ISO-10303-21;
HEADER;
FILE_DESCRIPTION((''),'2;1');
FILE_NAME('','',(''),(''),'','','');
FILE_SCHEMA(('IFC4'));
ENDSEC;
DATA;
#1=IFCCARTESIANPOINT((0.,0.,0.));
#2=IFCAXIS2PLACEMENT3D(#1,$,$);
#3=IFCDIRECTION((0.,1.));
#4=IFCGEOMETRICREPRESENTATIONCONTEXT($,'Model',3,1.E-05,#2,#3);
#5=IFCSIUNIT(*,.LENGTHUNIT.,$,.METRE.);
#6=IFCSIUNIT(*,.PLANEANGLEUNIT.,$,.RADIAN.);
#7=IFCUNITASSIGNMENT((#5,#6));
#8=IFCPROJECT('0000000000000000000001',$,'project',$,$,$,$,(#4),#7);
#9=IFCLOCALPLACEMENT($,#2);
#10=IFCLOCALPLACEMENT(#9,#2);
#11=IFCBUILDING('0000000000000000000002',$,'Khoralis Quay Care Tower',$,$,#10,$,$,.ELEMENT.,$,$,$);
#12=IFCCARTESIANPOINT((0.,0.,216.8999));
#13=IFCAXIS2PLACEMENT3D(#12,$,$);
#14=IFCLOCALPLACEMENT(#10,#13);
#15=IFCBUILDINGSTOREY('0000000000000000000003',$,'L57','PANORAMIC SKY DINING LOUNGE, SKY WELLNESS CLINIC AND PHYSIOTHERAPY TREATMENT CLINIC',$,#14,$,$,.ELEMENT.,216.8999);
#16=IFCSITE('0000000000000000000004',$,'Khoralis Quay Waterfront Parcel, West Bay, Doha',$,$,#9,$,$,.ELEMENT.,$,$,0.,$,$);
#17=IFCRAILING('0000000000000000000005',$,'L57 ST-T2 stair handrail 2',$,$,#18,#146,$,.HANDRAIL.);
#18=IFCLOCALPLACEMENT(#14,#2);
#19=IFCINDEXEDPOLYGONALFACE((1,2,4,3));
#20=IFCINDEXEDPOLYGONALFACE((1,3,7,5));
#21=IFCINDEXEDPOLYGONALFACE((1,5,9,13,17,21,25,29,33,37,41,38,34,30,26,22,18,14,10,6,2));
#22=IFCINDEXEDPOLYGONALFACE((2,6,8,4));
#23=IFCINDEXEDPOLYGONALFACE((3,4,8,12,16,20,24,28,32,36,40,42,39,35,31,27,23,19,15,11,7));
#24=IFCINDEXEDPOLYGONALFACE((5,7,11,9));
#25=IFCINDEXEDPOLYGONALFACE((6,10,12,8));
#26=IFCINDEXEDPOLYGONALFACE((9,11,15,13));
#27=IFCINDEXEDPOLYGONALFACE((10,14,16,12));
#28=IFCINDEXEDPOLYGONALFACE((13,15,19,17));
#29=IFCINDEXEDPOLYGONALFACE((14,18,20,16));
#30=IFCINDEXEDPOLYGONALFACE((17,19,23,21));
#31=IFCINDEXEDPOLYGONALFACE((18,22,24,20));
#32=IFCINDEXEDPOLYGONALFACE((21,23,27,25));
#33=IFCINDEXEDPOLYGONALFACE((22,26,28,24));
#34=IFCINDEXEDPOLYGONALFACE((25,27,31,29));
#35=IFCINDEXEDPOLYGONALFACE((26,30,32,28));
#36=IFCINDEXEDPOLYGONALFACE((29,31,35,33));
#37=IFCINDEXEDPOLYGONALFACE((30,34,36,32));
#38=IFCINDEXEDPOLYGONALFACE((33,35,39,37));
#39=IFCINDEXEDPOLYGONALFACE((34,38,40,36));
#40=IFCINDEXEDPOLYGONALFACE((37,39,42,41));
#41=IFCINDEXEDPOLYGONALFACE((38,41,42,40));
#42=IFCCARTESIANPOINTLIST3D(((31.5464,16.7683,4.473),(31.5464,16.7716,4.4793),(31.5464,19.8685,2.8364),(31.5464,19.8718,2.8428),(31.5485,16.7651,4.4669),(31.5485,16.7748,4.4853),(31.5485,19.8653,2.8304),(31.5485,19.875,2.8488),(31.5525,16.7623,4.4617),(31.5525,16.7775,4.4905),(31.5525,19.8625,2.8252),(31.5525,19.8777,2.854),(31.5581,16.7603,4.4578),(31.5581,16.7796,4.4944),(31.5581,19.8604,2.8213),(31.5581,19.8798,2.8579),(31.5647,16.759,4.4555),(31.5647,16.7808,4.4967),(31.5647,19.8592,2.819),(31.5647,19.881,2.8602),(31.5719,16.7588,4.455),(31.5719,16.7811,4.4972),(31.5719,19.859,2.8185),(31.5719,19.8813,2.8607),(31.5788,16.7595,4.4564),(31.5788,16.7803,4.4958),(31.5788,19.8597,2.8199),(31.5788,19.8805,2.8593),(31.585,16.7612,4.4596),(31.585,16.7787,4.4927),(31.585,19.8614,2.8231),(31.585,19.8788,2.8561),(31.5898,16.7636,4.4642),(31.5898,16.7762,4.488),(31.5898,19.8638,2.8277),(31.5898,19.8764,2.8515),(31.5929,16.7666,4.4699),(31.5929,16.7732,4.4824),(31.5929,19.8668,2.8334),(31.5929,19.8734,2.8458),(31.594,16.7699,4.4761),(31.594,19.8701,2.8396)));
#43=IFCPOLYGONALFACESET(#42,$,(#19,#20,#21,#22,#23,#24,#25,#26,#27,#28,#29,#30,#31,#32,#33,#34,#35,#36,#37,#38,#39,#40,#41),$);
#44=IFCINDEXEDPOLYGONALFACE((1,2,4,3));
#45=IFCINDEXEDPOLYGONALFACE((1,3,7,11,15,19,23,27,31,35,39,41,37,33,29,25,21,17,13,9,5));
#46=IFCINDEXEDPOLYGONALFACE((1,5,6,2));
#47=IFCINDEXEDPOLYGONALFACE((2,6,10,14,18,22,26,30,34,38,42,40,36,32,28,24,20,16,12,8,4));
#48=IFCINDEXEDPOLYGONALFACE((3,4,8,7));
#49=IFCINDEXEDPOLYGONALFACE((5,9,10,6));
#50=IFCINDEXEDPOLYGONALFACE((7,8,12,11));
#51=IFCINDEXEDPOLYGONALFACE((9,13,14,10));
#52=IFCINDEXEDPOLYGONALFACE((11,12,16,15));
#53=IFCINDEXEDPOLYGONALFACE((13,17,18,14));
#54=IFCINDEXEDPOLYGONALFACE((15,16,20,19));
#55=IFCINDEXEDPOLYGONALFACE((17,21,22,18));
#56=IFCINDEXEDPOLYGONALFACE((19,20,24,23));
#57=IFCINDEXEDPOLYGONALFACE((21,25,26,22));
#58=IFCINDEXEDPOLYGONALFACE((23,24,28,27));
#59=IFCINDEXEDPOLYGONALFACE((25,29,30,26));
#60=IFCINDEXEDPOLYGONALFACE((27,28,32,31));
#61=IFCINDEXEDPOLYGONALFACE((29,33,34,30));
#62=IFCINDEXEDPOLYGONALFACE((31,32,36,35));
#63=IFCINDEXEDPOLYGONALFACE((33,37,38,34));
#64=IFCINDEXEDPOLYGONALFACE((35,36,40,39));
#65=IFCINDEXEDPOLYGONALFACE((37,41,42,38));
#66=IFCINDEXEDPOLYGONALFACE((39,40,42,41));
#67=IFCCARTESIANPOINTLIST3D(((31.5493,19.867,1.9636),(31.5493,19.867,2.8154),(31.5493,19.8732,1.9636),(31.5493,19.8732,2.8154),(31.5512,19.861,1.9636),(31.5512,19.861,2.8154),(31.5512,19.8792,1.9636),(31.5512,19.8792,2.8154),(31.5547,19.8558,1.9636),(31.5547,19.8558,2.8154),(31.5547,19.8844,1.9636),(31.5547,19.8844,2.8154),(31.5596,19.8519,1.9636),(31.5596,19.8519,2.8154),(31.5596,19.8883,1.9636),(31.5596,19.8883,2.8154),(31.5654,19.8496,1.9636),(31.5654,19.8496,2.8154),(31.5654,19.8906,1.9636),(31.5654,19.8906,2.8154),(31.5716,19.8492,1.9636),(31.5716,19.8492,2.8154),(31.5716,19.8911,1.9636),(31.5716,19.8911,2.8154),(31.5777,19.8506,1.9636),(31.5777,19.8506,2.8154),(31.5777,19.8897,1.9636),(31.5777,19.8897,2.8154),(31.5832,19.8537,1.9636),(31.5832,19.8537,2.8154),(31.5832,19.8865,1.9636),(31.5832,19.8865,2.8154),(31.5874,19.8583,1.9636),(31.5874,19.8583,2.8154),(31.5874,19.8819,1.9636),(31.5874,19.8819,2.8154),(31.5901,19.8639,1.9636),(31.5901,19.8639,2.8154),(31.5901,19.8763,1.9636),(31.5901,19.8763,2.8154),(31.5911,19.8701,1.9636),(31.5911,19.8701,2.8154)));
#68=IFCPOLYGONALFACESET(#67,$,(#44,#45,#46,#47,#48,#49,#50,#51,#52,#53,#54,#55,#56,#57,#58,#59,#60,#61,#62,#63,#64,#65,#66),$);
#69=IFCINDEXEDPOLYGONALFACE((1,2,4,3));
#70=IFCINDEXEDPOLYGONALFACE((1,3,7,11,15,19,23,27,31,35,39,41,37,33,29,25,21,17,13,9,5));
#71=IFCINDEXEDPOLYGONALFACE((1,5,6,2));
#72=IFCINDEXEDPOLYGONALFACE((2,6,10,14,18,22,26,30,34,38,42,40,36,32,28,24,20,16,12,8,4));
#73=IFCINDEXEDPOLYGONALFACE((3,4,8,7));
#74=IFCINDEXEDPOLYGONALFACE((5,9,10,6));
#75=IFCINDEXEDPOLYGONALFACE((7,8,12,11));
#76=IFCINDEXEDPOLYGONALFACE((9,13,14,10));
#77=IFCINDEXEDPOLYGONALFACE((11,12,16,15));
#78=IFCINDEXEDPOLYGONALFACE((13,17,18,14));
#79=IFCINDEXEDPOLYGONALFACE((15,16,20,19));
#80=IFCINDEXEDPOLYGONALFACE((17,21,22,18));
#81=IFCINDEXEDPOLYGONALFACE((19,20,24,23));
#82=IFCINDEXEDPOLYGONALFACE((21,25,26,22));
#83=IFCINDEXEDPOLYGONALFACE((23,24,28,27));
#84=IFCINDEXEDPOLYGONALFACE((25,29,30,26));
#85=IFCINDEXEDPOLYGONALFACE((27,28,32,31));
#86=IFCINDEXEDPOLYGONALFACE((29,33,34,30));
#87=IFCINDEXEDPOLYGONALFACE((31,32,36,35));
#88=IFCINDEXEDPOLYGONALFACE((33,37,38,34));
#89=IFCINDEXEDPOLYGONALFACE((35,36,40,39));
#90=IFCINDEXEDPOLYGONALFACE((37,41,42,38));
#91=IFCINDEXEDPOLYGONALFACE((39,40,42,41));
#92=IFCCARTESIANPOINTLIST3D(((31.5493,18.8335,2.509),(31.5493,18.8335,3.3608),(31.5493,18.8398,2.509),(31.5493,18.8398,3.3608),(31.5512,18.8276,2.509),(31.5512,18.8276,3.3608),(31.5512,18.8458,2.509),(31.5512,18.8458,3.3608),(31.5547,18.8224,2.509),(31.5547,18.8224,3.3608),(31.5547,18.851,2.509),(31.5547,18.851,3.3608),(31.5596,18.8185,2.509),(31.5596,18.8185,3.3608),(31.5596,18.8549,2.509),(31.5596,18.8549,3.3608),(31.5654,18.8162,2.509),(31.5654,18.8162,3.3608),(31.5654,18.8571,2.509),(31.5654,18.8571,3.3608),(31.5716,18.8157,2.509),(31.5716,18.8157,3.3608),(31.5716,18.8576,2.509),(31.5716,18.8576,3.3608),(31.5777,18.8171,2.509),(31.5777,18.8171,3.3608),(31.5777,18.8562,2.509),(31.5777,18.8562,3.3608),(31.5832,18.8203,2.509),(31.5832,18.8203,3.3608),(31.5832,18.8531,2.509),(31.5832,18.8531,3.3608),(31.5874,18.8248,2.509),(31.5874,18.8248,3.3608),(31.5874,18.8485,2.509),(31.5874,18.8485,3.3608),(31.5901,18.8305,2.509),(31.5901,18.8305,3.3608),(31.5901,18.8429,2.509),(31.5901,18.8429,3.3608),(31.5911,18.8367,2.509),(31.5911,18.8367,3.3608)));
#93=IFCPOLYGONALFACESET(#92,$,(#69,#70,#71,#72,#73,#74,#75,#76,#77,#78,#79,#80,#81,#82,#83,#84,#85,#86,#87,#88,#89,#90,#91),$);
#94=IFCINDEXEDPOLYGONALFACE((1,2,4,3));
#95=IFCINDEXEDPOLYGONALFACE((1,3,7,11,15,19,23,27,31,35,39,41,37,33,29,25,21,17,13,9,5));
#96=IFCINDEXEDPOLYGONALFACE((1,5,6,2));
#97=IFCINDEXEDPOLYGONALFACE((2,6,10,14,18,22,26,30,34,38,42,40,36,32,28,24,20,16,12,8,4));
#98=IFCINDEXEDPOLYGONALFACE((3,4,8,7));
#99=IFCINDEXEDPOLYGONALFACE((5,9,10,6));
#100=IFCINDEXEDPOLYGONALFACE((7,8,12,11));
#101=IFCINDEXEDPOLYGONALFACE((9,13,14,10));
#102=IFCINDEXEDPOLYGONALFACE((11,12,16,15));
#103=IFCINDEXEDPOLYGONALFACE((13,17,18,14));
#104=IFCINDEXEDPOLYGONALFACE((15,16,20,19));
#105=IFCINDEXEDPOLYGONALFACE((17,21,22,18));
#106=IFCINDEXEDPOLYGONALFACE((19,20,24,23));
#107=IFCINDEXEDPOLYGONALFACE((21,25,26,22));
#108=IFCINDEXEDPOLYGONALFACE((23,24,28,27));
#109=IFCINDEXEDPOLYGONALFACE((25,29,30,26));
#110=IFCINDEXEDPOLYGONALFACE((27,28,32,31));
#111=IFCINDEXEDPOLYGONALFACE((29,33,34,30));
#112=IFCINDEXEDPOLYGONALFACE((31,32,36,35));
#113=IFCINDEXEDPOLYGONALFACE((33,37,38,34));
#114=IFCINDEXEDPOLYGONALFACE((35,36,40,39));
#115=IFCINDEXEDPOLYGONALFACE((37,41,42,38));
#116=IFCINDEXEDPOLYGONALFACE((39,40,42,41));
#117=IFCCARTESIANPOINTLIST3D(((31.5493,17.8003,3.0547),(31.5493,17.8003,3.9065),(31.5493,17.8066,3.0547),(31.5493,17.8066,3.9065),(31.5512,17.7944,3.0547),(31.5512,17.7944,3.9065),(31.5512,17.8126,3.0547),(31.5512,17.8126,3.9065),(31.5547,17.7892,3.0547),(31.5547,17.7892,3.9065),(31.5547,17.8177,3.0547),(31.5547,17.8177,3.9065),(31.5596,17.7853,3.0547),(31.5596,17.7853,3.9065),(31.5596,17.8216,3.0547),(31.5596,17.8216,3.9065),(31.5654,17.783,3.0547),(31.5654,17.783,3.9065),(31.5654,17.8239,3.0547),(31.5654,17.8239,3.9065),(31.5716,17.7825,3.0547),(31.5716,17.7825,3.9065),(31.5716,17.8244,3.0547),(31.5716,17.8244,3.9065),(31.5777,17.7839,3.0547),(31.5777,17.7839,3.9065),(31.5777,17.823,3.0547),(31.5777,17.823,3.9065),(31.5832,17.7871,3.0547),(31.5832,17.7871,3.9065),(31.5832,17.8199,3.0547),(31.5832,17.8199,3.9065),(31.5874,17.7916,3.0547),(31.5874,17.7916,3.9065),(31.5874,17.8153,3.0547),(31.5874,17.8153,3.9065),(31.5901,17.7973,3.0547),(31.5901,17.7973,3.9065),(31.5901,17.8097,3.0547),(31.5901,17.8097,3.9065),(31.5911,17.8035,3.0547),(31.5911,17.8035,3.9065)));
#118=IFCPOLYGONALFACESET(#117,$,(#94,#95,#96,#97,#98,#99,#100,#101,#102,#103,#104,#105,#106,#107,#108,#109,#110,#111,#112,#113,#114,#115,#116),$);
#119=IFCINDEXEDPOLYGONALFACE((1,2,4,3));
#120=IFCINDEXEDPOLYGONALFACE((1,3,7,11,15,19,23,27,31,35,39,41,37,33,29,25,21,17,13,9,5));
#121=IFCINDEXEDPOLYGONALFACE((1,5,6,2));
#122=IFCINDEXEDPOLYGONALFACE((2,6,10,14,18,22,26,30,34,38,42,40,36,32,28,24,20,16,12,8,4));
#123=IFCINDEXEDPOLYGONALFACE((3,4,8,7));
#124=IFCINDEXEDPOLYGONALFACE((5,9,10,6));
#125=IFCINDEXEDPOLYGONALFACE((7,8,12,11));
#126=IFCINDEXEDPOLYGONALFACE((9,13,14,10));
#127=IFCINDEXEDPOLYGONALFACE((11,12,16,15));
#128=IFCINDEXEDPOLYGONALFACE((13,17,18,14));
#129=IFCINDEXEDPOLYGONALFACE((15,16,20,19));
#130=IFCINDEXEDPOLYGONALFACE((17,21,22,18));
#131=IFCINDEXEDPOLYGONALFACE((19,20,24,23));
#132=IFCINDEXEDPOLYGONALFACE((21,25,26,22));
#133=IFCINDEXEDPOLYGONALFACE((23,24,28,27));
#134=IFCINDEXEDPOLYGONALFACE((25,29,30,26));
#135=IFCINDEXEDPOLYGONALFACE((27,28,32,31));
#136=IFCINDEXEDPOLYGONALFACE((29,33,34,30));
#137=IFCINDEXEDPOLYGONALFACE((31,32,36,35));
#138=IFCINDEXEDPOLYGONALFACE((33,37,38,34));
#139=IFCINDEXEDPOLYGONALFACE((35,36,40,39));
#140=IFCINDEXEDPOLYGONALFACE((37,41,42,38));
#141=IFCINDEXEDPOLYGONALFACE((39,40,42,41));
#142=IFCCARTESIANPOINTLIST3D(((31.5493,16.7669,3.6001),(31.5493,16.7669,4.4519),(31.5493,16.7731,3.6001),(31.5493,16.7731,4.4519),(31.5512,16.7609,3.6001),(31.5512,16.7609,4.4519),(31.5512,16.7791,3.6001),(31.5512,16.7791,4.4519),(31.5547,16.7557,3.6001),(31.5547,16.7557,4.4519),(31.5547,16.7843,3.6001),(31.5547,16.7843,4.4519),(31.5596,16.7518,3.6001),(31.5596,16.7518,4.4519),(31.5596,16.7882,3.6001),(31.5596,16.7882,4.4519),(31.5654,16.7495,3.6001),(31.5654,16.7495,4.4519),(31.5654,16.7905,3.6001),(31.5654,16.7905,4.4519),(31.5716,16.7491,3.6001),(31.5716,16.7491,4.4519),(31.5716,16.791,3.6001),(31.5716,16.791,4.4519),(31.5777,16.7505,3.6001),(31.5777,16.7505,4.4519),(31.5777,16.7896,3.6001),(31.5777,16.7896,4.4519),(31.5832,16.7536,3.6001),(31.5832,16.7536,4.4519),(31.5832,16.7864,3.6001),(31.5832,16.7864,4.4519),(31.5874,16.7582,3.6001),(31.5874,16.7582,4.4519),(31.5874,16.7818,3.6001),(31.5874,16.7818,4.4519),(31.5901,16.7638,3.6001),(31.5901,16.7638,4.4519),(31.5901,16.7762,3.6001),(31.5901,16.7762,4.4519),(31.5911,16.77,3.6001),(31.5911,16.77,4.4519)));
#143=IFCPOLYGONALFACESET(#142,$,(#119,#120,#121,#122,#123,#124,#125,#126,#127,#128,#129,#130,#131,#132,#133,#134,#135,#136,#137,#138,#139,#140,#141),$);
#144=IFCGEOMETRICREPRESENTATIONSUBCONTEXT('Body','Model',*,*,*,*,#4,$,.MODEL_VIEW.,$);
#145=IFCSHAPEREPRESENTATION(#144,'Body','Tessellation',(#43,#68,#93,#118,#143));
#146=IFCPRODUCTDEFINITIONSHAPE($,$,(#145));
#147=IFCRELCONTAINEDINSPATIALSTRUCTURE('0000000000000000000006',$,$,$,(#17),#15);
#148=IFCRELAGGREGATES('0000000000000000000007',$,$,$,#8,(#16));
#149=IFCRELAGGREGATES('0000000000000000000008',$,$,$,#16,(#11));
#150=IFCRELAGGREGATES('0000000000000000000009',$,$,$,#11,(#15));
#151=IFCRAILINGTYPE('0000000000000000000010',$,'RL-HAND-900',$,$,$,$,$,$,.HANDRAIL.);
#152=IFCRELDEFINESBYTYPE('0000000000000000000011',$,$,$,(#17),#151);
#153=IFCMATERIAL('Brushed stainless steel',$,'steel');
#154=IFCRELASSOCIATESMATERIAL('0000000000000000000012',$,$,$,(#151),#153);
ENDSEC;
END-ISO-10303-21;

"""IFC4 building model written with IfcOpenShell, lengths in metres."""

from ifc_helpers import new_model, si_unit, direction, frame, origin, origin_2d, place, context, subcontext, project, spatial, circle, extrude, material, type_object, element, save


model = new_model("IFC4")

# Units and contexts
model_context = context("Model", 3, precision=1e-05, world=origin(), true_north=direction((0.0, 1.0)))
body_context = subcontext(model_context, "Body", "Model", "MODEL_VIEW")
ifc_project = project(units=[si_unit("LENGTHUNIT", "METRE"), si_unit("PLANEANGLEUNIT", "RADIAN")], contexts=[model_context])

# Site, building, storey
site_placement = place(None, origin())
site = spatial("IfcSite", under=ifc_project, at=site_placement, Name="Khoralis Quay Waterfront Parcel, West Bay, Doha", CompositionType="ELEMENT", RefElevation=0.0)
building_placement = place(site_placement, origin())
building = spatial("IfcBuilding", under=site, at=building_placement, Name="Khoralis Quay Care Tower", CompositionType="ELEMENT")
storey_placement = place(building_placement, frame((0.0, 0.0, 216.8999)))
storey = spatial("IfcBuildingStorey", under=building, at=storey_placement, Name="L57", Description="PANORAMIC SKY DINING LOUNGE, SKY WELLNESS CLINIC AND PHYSIOTHERAPY TREATMENT CLINIC", CompositionType="ELEMENT", Elevation=216.8999)

# Shared definitions
ifc_material_1 = material(Name="Brushed stainless steel", Category="steel")

# Railing
railing_type = type_object("IfcRailingType", Name="RL-HAND-900", PredefinedType="HANDRAIL", material=ifc_material_1)
railing_placement = place(storey_placement, frame((31.5701, 19.8701, 1.9636)))
element("IfcRailing", 1, at=railing_placement, inside=storey, type_object=railing_type, Name="L57 ST-T2 stair handrail 2", PredefinedType="HANDRAIL", context=body_context, shape_type="SweptSolid", body=[
    extrude(circle(Radius=0.0239, at=origin_2d()), frame((0.0, 0.0, 0.876), z_axis=(0.0, -0.884348, 0.466828), x_axis=(1.0, 0.0, 0.0)), (0.0, 0.0, 1.0), 3.5056),
    extrude(circle(Radius=0.021, at=origin_2d()), origin(), (0.0, 0.0, 1.0), 0.8518),
    extrude(circle(Radius=0.021, at=origin_2d()), frame((0.0, -1.0334, 0.5454)), (0.0, 0.0, 1.0), 0.8518),
    extrude(circle(Radius=0.021, at=origin_2d()), frame((0.0, -2.0667, 1.0911)), (0.0, 0.0, 1.0), 0.8518),
    extrude(circle(Radius=0.021, at=origin_2d()), frame((0.0, -3.1001, 1.6365)), (0.0, 0.0, 1.0), 0.8518),
])

save(model, "model.ifc")
